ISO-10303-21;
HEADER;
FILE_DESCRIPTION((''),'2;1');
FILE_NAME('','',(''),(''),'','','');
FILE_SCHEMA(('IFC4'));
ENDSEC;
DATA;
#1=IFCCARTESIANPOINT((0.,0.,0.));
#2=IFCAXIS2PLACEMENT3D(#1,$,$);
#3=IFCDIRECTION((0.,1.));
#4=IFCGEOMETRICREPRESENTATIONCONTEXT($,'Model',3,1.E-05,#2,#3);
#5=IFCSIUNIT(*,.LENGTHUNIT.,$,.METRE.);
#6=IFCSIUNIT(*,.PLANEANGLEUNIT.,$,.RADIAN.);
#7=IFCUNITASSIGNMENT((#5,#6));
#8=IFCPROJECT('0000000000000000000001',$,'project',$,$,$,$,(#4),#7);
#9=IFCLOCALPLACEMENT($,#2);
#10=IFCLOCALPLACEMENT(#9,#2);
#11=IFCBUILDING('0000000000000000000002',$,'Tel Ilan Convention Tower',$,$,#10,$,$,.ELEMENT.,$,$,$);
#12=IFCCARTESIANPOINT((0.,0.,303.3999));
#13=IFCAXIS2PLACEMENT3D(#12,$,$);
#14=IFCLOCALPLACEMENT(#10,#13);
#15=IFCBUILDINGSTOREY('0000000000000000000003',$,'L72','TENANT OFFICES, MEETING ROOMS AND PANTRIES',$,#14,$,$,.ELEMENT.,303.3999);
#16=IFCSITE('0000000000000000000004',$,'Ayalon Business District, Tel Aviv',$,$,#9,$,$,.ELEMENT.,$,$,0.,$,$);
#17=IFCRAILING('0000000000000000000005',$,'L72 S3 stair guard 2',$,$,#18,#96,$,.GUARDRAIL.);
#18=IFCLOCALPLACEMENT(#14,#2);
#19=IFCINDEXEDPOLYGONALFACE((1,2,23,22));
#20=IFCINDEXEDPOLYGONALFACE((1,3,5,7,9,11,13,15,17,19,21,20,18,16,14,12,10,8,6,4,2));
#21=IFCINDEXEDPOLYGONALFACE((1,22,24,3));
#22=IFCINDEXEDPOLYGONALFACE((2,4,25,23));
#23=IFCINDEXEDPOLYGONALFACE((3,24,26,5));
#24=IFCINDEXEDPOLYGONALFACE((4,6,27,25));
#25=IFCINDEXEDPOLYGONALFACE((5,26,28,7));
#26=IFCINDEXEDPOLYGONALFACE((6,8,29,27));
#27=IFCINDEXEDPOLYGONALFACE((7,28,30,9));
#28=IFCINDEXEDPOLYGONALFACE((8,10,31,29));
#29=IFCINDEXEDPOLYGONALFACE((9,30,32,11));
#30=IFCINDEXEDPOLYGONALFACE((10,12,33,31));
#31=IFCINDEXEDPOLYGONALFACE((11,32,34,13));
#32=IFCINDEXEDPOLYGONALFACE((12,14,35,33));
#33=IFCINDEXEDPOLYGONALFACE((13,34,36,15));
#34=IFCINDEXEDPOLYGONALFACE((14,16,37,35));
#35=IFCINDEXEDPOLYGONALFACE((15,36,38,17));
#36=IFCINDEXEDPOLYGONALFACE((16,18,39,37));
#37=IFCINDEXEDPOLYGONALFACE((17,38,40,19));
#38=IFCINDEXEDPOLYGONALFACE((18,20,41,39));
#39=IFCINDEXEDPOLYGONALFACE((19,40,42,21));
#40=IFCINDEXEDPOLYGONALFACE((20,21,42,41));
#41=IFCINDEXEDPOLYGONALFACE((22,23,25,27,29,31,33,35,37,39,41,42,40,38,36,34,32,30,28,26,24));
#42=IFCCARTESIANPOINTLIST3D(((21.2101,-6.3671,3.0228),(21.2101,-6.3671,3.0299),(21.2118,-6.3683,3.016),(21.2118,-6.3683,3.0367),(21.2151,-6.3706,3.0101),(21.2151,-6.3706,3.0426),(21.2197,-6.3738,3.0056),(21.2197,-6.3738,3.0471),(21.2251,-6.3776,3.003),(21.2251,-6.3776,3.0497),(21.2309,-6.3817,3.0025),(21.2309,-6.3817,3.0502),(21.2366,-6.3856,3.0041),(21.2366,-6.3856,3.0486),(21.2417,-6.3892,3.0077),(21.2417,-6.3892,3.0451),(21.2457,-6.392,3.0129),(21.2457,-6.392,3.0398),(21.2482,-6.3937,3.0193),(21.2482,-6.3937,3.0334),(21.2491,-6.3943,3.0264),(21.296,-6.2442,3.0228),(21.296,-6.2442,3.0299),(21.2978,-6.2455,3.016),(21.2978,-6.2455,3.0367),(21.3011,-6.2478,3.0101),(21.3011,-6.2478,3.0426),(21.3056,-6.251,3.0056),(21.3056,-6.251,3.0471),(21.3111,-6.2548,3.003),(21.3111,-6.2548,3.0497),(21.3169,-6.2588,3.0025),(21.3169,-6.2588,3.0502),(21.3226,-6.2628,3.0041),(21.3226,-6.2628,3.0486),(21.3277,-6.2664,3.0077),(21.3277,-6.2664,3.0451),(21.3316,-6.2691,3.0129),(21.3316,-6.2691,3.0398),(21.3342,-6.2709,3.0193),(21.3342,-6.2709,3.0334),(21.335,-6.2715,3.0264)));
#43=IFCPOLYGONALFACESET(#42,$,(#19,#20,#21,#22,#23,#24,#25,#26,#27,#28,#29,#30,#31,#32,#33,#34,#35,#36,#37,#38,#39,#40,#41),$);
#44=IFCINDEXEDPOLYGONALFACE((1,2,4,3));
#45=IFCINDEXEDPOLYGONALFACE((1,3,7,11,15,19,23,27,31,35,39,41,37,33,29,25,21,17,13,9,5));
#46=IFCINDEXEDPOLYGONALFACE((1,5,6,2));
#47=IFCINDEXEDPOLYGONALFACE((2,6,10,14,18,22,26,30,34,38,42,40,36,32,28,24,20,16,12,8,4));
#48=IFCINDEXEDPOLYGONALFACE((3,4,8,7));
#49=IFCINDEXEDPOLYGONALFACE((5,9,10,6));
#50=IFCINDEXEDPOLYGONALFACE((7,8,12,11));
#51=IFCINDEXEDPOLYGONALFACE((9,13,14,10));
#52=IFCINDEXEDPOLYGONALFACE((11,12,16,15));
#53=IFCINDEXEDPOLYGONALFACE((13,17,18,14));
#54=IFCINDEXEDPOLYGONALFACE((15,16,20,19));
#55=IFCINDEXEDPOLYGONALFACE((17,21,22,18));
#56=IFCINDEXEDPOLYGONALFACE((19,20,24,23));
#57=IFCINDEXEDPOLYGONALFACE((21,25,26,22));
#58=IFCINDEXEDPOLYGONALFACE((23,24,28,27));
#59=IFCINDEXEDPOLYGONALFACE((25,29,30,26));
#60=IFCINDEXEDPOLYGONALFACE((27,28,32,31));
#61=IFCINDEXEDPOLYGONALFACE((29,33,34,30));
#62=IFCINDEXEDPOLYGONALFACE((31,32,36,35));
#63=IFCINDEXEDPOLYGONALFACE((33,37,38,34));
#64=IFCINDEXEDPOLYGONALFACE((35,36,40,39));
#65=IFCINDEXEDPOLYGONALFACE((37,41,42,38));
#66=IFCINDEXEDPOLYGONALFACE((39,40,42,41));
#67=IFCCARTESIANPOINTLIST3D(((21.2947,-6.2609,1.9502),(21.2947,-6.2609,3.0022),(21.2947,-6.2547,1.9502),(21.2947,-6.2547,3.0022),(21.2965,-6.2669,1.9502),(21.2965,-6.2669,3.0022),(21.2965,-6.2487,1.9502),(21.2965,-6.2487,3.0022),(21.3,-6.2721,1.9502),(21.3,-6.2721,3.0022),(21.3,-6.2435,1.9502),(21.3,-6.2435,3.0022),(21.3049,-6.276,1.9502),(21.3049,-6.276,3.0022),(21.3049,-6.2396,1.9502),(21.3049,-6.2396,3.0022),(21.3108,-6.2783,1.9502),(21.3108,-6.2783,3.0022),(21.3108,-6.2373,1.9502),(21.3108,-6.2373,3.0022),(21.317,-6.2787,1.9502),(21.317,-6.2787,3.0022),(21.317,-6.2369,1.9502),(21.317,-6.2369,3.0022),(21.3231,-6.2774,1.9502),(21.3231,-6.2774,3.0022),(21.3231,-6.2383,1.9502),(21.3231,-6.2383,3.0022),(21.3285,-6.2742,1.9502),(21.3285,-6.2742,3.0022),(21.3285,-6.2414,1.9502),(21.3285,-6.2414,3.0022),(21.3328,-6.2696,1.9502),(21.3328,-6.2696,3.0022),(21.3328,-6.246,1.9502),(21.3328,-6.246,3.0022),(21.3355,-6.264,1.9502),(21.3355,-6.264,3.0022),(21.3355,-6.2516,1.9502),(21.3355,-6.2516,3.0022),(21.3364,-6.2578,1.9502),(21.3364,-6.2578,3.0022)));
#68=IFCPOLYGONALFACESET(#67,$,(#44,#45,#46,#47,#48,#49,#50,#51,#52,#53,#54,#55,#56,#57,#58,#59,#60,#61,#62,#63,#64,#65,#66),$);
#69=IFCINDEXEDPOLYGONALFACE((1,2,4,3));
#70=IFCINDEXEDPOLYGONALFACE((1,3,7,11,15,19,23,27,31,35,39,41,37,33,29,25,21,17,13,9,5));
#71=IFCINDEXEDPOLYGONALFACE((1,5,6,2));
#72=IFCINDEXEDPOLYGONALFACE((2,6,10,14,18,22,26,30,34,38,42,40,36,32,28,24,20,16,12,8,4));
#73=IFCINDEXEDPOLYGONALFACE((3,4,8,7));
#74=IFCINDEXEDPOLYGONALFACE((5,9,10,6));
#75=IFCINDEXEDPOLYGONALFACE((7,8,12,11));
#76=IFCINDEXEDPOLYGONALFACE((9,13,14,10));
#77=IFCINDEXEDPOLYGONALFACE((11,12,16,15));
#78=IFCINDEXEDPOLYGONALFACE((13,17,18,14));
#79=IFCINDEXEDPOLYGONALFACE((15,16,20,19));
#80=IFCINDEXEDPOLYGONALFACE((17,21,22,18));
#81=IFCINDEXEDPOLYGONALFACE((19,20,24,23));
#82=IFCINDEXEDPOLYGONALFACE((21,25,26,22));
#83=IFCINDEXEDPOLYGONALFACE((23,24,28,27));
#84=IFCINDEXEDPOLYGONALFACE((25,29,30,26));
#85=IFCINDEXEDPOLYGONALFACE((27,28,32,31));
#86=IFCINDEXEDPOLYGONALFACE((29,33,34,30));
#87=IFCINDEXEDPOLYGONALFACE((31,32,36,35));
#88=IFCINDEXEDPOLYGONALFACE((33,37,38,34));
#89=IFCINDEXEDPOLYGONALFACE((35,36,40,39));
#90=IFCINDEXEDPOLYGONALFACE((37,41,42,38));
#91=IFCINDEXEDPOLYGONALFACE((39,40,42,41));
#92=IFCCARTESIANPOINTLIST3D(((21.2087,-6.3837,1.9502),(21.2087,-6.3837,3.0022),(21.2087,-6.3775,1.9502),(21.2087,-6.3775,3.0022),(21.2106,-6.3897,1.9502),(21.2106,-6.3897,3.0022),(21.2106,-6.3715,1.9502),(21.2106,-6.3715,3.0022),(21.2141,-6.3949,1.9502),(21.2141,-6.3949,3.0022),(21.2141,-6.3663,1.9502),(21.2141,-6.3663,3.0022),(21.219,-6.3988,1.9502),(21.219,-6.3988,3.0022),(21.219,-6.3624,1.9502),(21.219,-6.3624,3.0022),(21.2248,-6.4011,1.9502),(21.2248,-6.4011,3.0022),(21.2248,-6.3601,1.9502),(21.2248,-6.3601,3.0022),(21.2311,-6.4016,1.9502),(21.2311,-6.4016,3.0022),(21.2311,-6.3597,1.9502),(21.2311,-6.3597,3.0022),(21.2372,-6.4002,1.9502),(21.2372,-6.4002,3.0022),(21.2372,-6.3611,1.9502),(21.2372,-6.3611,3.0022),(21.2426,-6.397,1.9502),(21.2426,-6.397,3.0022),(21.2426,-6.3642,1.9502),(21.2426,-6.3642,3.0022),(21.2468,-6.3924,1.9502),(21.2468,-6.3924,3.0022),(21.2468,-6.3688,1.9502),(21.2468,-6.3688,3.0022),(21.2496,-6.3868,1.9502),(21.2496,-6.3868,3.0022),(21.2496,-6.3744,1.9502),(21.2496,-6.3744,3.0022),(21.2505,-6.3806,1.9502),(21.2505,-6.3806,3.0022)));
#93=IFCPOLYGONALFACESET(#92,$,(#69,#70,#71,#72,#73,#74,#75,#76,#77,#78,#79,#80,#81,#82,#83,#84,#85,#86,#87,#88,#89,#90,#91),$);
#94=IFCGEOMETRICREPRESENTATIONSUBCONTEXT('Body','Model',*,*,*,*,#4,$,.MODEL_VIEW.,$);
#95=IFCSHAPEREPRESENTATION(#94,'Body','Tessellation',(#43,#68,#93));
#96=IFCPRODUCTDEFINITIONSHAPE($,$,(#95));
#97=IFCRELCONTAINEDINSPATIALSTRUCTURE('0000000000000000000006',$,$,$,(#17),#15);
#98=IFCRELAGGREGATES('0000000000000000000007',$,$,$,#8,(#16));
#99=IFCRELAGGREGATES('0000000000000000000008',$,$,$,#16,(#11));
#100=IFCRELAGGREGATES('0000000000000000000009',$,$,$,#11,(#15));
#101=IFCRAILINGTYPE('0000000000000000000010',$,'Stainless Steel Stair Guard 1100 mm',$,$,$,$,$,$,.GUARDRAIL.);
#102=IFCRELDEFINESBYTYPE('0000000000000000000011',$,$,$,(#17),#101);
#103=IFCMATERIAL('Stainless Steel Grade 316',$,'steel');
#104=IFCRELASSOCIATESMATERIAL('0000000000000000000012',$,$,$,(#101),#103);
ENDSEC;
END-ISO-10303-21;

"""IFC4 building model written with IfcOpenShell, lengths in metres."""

from ifc_helpers import new_model, si_unit, direction, frame, origin, origin_2d, place, context, subcontext, project, spatial, circle, extrude, material, type_object, element, save


model = new_model("IFC4")

# Units and contexts
model_context = context("Model", 3, precision=1e-05, world=origin(), true_north=direction((0.0, 1.0)))
body_context = subcontext(model_context, "Body", "Model", "MODEL_VIEW")
ifc_project = project(units=[si_unit("LENGTHUNIT", "METRE"), si_unit("PLANEANGLEUNIT", "RADIAN")], contexts=[model_context])

# Site, building, storey
site_placement = place(None, origin())
site = spatial("IfcSite", under=ifc_project, at=site_placement, Name="Ayalon Business District, Tel Aviv", CompositionType="ELEMENT", RefElevation=0.0)
building_placement = place(site_placement, origin())
building = spatial("IfcBuilding", under=site, at=building_placement, Name="Tel Ilan Convention Tower", CompositionType="ELEMENT")
storey_placement = place(building_placement, frame((0.0, 0.0, 303.3999)))
storey = spatial("IfcBuildingStorey", under=building, at=storey_placement, Name="L72", Description="TENANT OFFICES, MEETING ROOMS AND PANTRIES", CompositionType="ELEMENT", Elevation=303.3999)

# Railing
ifc_material_1 = material(Name="Stainless Steel Grade 316", Category="steel")
railing_type_1 = type_object("IfcRailingType", Name="Stainless Steel Stair Guard 1100 mm", PredefinedType="GUARDRAIL", material=ifc_material_1)
railing_1_placement = place(storey_placement, frame((21.3154, -6.2578, 1.9502)))
element("IfcRailing", 1, at=railing_1_placement, inside=storey, type_object=railing_type_1, Name="L72 S3 stair guard 2", PredefinedType="GUARDRAIL", context=body_context, shape_type="SweptSolid", body=[
    extrude(circle(Radius=0.0239, at=origin_2d()), frame((0.0, 0.0, 1.0762), z_axis=(-0.573353, -0.819308, 0.0), x_axis=(0.819308, -0.573353, 0.0)), (0.0, 0.0, 1.0), 0.1499),
    extrude(circle(Radius=0.021, at=origin_2d()), origin(), (0.0, 0.0, 1.0), 1.052),
    extrude(circle(Radius=0.021, at=origin_2d()), frame((-0.0859, -0.1228, 0.0)), (0.0, 0.0, 1.0), 1.052),
])

save(model, "model.ifc")
